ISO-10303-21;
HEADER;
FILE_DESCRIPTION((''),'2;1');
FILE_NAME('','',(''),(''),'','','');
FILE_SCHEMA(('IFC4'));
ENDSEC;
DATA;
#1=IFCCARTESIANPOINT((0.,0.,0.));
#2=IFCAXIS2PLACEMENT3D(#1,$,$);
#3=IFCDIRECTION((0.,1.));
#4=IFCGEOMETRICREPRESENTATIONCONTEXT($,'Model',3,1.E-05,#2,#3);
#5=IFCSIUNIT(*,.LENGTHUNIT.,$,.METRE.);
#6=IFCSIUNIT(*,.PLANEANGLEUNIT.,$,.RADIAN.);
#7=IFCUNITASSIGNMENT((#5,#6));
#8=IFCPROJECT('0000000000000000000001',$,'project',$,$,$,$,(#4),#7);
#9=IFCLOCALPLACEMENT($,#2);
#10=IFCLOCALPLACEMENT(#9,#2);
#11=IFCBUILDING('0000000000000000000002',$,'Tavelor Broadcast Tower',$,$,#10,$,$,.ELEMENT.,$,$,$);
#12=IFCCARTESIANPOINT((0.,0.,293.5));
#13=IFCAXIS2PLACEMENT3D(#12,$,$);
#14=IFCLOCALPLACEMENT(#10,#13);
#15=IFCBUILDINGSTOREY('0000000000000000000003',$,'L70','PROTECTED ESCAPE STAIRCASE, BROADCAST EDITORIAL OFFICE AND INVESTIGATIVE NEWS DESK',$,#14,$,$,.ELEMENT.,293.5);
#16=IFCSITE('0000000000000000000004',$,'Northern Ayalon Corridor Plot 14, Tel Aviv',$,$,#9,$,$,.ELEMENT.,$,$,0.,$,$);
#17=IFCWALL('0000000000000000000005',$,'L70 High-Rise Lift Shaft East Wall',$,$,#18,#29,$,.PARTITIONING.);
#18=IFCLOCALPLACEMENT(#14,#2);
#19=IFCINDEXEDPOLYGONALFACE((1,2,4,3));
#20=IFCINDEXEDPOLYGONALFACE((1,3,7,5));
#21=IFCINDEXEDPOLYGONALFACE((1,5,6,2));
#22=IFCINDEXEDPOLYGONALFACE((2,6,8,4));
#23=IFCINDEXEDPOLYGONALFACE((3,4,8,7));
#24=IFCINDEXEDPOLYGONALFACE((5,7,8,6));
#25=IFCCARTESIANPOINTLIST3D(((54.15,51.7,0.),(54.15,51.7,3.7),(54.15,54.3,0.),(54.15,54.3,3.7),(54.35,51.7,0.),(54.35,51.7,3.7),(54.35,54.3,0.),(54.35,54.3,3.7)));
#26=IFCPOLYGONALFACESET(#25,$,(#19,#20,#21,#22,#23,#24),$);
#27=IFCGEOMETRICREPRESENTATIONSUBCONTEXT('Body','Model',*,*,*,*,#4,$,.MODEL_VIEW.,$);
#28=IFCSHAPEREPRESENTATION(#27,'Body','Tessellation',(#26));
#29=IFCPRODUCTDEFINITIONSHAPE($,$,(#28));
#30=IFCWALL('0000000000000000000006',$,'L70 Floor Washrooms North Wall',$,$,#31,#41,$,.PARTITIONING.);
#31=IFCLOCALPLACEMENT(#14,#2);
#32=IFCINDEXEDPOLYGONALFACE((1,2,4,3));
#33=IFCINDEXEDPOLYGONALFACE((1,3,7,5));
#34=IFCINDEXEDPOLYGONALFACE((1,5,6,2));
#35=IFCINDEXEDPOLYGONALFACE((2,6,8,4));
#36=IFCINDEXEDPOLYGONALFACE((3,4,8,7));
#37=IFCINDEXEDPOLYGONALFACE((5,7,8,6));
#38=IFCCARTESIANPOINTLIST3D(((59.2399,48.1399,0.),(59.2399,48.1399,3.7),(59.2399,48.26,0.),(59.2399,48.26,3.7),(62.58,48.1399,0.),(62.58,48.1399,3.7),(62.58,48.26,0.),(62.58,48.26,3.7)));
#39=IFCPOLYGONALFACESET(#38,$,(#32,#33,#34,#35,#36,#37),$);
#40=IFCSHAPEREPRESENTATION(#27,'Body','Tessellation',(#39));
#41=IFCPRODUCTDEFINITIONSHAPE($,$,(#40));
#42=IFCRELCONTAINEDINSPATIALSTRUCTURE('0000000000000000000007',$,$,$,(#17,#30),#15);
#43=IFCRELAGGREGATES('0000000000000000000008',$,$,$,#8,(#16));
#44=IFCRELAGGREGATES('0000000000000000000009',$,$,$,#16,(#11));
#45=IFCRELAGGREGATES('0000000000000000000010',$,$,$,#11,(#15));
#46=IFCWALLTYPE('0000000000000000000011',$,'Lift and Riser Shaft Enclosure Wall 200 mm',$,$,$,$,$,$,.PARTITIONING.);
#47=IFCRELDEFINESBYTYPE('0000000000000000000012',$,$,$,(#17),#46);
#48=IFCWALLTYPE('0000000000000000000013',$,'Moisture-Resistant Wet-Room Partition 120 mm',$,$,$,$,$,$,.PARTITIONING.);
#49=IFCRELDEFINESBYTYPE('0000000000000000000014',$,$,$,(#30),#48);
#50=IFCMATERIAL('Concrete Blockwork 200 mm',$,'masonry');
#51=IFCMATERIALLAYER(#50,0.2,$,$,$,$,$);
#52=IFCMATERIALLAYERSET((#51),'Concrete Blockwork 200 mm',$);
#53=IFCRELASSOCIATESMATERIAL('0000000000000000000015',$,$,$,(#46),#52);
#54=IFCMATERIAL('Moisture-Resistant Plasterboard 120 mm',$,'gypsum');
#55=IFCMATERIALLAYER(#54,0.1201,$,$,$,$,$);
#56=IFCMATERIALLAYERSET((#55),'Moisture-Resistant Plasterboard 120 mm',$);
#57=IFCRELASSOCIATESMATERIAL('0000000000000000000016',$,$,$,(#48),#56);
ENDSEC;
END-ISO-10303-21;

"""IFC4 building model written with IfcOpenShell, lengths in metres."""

from ifc_helpers import new_model, si_unit, direction, frame, frame_2d, origin, place, context, subcontext, project, spatial, rectangle, extrude, material, layer, layer_set, type_object, element, save


model = new_model("IFC4")

# Units and contexts
model_context = context("Model", 3, precision=1e-05, world=origin(), true_north=direction((0.0, 1.0)))
body_context = subcontext(model_context, "Body", "Model", "MODEL_VIEW")
ifc_project = project(units=[si_unit("LENGTHUNIT", "METRE"), si_unit("PLANEANGLEUNIT", "RADIAN")], contexts=[model_context])

# Site, building, storey
site_placement = place(None, origin())
site = spatial("IfcSite", under=ifc_project, at=site_placement, Name="Northern Ayalon Corridor Plot 14, Tel Aviv", CompositionType="ELEMENT", RefElevation=0.0)
building_placement = place(site_placement, origin())
building = spatial("IfcBuilding", under=site, at=building_placement, Name="Tavelor Broadcast Tower", CompositionType="ELEMENT")
storey_placement = place(building_placement, frame((0.0, 0.0, 293.5)))
storey = spatial("IfcBuildingStorey", under=building, at=storey_placement, Name="L70", Description="PROTECTED ESCAPE STAIRCASE, BROADCAST EDITORIAL OFFICE AND INVESTIGATIVE NEWS DESK", CompositionType="ELEMENT", Elevation=293.5)

# Walls
ifc_material_1 = material(Name="Concrete Blockwork 200 mm", Category="masonry")
ifc_layer_1 = layer(ifc_material_1, 0.2)
ifc_layer_set_1 = layer_set([ifc_layer_1], Name="Concrete Blockwork 200 mm")
wall_type_1 = type_object("IfcWallType", Name="Lift and Riser Shaft Enclosure Wall 200 mm", PredefinedType="PARTITIONING", material=ifc_layer_set_1)
wall_1_placement = place(storey_placement, frame((54.25, 51.7, 0.0), z_axis=(0.0, 0.0, 1.0), x_axis=(0.0, 1.0, 0.0)))
element("IfcWall", 1, at=wall_1_placement, inside=storey, type_object=wall_type_1, Name="L70 High-Rise Lift Shaft East Wall", PredefinedType="PARTITIONING", context=body_context, shape_type="SweptSolid", body=[
    extrude(rectangle(XDim=2.6001, YDim=0.2, at=frame_2d((1.3, 0.0))), origin(), (0.0, 0.0, 1.0), 3.7),
])
ifc_material_2 = material(Name="Moisture-Resistant Plasterboard 120 mm", Category="gypsum")
ifc_layer_2 = layer(ifc_material_2, 0.1201)
ifc_layer_set_2 = layer_set([ifc_layer_2], Name="Moisture-Resistant Plasterboard 120 mm")
wall_type_2 = type_object("IfcWallType", Name="Moisture-Resistant Wet-Room Partition 120 mm", PredefinedType="PARTITIONING", material=ifc_layer_set_2)
wall_2_placement = place(storey_placement, frame((59.24, 48.2, 0.0), z_axis=(0.0, 0.0, 1.0), x_axis=(1.0, 0.0, 0.0)))
element("IfcWall", 2, at=wall_2_placement, inside=storey, type_object=wall_type_2, Name="L70 Floor Washrooms North Wall", PredefinedType="PARTITIONING", context=body_context, shape_type="SweptSolid", body=[
    extrude(rectangle(XDim=3.3401, YDim=0.1201, at=frame_2d((1.6699, 0.0))), origin(), (0.0, 0.0, 1.0), 3.7),
])

save(model, "model.ifc")
